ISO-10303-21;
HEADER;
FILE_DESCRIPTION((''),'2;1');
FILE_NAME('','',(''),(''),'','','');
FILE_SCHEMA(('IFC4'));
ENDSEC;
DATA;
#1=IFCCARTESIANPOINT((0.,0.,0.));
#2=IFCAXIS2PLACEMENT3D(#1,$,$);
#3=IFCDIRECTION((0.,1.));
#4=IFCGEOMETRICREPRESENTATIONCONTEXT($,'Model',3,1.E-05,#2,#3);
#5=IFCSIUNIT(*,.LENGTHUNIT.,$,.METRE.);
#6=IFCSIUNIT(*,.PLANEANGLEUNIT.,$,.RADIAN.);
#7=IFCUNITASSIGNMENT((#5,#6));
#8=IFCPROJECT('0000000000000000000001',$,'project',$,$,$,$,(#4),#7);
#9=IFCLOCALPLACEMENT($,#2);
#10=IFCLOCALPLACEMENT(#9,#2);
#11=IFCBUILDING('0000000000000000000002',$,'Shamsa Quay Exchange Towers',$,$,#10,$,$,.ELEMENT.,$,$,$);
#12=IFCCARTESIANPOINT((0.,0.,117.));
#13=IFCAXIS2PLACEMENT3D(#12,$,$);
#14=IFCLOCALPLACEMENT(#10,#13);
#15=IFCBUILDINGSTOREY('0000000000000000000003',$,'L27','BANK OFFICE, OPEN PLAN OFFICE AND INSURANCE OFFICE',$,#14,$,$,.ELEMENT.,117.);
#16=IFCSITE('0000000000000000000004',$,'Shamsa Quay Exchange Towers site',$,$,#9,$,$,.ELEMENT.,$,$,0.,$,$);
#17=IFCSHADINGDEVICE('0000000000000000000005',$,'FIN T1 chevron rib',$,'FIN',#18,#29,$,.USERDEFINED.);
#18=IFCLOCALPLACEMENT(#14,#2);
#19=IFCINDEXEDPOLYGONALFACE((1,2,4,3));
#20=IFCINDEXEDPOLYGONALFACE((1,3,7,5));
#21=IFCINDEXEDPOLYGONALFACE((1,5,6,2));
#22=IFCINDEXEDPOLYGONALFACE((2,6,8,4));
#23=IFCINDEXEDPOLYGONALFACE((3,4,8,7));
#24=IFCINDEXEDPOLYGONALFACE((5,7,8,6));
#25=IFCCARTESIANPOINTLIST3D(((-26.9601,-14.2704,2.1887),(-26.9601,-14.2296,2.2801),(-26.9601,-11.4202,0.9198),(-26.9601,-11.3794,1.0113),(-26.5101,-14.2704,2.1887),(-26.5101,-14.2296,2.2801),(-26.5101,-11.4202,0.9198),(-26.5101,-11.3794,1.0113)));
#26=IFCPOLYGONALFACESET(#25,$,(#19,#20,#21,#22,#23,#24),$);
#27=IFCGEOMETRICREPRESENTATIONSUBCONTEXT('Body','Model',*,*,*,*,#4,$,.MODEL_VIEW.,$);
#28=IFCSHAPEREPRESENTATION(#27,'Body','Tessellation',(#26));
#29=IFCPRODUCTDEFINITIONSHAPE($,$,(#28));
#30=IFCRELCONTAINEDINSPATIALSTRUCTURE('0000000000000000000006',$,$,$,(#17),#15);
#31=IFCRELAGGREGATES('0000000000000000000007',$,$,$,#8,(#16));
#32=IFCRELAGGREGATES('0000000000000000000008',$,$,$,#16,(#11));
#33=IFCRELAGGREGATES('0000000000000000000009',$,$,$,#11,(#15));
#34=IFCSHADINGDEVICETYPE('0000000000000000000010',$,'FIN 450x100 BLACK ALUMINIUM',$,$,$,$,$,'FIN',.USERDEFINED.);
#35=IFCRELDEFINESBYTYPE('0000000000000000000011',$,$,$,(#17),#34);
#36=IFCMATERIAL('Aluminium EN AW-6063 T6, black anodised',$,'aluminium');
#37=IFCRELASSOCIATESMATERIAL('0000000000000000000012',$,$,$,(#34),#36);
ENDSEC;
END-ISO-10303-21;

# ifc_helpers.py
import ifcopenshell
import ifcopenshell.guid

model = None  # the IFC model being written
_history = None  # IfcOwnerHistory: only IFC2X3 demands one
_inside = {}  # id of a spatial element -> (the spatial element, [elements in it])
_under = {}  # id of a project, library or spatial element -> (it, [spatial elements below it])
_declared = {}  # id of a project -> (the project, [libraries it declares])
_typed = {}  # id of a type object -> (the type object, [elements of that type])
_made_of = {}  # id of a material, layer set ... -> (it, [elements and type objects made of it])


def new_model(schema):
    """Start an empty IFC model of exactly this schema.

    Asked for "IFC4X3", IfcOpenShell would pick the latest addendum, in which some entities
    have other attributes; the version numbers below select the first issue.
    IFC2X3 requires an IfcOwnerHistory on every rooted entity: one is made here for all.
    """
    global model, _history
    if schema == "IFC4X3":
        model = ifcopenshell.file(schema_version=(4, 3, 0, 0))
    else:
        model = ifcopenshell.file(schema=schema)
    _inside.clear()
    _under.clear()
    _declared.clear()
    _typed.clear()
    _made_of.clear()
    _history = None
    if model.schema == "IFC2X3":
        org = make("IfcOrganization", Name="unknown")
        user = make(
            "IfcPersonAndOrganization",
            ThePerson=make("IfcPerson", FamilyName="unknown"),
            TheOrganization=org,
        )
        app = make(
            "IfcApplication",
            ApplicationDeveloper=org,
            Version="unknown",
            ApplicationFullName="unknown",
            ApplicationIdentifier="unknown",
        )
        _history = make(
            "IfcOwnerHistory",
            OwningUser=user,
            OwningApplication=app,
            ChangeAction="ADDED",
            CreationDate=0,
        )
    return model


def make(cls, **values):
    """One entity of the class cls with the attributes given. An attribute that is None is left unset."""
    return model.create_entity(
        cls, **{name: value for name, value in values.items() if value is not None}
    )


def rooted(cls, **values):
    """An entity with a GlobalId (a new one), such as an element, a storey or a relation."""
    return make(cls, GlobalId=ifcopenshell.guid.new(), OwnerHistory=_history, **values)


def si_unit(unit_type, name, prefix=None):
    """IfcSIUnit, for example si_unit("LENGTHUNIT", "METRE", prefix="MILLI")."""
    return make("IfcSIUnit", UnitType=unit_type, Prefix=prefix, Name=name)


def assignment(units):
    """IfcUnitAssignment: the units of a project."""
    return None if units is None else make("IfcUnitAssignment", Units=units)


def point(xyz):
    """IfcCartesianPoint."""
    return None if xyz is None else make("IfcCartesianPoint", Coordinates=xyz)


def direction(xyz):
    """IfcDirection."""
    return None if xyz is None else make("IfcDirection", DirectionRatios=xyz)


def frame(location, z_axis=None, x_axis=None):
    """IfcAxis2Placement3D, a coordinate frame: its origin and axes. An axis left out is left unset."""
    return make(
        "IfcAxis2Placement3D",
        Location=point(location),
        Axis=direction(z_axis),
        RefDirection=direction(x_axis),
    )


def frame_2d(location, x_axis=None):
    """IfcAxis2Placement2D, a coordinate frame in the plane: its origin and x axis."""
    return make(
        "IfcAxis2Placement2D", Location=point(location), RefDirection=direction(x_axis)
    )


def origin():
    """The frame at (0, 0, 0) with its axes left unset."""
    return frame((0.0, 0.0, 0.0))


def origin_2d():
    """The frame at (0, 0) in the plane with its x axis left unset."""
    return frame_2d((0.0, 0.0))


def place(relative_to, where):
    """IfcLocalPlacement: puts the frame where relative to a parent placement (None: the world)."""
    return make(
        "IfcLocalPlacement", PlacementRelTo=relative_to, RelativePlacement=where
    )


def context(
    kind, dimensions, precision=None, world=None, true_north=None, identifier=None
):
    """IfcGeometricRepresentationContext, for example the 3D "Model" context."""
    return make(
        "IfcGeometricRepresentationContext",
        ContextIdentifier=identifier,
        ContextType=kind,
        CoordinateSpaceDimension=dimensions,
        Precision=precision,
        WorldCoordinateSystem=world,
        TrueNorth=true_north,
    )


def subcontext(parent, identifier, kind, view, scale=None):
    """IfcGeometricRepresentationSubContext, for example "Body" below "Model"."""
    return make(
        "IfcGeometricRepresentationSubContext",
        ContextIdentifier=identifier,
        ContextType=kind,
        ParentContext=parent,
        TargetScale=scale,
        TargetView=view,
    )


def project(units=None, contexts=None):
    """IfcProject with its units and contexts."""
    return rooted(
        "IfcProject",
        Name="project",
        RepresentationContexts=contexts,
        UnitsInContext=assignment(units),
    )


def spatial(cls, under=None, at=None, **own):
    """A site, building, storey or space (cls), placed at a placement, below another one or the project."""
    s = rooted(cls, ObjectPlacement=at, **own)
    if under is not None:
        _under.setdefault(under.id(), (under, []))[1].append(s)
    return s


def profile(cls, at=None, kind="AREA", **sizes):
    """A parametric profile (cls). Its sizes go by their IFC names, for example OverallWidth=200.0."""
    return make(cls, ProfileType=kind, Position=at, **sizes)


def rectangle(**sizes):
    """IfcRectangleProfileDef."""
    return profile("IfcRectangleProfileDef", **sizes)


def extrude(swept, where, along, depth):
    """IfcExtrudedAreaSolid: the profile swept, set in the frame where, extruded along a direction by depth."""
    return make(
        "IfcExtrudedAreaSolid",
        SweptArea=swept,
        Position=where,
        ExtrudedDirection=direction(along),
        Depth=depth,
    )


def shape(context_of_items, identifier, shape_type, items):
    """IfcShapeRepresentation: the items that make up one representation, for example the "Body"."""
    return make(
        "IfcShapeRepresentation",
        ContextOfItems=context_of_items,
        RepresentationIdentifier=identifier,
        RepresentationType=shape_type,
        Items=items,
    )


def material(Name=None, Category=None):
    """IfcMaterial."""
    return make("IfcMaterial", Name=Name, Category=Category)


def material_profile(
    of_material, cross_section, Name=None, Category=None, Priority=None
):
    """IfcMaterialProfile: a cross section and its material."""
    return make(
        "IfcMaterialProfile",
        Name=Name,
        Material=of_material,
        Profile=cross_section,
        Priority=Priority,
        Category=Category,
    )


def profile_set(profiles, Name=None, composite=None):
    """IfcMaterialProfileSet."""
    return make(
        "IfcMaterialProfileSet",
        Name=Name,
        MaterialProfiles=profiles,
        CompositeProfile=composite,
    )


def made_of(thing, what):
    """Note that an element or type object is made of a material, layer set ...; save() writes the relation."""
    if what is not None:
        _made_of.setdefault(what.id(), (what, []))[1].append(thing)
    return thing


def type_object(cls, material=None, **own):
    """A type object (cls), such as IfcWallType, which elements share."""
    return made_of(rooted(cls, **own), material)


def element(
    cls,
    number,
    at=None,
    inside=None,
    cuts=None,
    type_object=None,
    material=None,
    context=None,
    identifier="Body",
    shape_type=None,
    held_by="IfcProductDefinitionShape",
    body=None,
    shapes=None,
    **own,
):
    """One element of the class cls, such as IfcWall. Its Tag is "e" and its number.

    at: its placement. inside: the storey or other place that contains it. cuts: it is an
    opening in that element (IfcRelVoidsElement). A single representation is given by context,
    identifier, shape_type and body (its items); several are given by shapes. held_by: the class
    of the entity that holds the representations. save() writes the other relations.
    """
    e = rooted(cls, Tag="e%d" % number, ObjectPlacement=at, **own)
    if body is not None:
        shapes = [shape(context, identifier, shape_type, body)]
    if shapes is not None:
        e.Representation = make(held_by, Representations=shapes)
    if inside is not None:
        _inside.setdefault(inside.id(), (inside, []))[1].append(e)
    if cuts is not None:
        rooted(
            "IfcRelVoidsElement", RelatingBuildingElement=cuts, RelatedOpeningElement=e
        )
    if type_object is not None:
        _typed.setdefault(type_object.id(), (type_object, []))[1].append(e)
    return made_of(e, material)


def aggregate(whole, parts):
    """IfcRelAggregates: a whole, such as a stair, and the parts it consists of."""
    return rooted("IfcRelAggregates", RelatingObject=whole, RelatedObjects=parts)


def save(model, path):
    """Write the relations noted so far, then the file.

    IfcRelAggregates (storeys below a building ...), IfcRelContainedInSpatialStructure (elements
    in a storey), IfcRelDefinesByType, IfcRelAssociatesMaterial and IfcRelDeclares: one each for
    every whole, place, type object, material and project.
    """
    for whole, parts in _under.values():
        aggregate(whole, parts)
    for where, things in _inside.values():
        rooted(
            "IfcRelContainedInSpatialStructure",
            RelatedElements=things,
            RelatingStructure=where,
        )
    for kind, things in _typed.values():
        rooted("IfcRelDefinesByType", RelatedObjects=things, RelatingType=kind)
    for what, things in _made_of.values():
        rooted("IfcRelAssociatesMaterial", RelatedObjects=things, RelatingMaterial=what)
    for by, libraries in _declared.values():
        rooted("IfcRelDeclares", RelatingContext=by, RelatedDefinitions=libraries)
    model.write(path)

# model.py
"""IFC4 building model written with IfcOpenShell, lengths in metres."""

from ifc_helpers import new_model, si_unit, direction, frame, origin, origin_2d, place, context, subcontext, project, spatial, rectangle, extrude, material, material_profile, profile_set, type_object, element, save


model = new_model("IFC4")

# Units and contexts
model_context = context("Model", 3, precision=1e-05, world=origin(), true_north=direction((0.0, 1.0)))
body_context = subcontext(model_context, "Body", "Model", "MODEL_VIEW")
ifc_project = project(units=[si_unit("LENGTHUNIT", "METRE"), si_unit("PLANEANGLEUNIT", "RADIAN")], contexts=[model_context])

# Site, building, storey
site_placement = place(None, origin())
site = spatial("IfcSite", under=ifc_project, at=site_placement, Name="Shamsa Quay Exchange Towers site", CompositionType="ELEMENT", RefElevation=0.0)
building_placement = place(site_placement, origin())
building = spatial("IfcBuilding", under=site, at=building_placement, Name="Shamsa Quay Exchange Towers", CompositionType="ELEMENT")
storey_placement = place(building_placement, frame((0.0, 0.0, 117.0)))
storey = spatial("IfcBuildingStorey", under=building, at=storey_placement, Name="L27", Description="BANK OFFICE, OPEN PLAN OFFICE AND INSURANCE OFFICE", CompositionType="ELEMENT", Elevation=117.0)

# Shared definitions
ifc_material_1 = material(Name="Aluminium EN AW-6063 T6, black anodised", Category="aluminium")

# Shading device
ifc_material_profile_1 = material_profile(ifc_material_1, rectangle(XDim=0.45, YDim=0.1001, at=origin_2d()), Name="FIN450x100")
ifc_profile_set_1 = profile_set([ifc_material_profile_1], Name="Aluminium EN AW-6063 T6, black anodised")
shading_device_type = type_object("IfcShadingDeviceType", Name="FIN 450x100 BLACK ALUMINIUM", ElementType="FIN", PredefinedType="USERDEFINED", material=ifc_profile_set_1)
shading_device_1_placement = place(storey_placement, frame((-26.7351, -14.25, 2.2344), z_axis=(0.0, 0.913563, -0.406697), x_axis=(-1.0, 0.0, 0.0)))
element("IfcShadingDevice", 1, at=shading_device_1_placement, inside=storey, type_object=shading_device_type, Name="FIN T1 chevron rib", ObjectType="FIN", PredefinedType="USERDEFINED", context=body_context, shape_type="SweptSolid", body=[
    extrude(rectangle(XDim=0.45, YDim=0.1001, at=origin_2d()), origin(), (0.0, 0.0, 1.0), 3.1199),
])

save(model, "model.ifc")
